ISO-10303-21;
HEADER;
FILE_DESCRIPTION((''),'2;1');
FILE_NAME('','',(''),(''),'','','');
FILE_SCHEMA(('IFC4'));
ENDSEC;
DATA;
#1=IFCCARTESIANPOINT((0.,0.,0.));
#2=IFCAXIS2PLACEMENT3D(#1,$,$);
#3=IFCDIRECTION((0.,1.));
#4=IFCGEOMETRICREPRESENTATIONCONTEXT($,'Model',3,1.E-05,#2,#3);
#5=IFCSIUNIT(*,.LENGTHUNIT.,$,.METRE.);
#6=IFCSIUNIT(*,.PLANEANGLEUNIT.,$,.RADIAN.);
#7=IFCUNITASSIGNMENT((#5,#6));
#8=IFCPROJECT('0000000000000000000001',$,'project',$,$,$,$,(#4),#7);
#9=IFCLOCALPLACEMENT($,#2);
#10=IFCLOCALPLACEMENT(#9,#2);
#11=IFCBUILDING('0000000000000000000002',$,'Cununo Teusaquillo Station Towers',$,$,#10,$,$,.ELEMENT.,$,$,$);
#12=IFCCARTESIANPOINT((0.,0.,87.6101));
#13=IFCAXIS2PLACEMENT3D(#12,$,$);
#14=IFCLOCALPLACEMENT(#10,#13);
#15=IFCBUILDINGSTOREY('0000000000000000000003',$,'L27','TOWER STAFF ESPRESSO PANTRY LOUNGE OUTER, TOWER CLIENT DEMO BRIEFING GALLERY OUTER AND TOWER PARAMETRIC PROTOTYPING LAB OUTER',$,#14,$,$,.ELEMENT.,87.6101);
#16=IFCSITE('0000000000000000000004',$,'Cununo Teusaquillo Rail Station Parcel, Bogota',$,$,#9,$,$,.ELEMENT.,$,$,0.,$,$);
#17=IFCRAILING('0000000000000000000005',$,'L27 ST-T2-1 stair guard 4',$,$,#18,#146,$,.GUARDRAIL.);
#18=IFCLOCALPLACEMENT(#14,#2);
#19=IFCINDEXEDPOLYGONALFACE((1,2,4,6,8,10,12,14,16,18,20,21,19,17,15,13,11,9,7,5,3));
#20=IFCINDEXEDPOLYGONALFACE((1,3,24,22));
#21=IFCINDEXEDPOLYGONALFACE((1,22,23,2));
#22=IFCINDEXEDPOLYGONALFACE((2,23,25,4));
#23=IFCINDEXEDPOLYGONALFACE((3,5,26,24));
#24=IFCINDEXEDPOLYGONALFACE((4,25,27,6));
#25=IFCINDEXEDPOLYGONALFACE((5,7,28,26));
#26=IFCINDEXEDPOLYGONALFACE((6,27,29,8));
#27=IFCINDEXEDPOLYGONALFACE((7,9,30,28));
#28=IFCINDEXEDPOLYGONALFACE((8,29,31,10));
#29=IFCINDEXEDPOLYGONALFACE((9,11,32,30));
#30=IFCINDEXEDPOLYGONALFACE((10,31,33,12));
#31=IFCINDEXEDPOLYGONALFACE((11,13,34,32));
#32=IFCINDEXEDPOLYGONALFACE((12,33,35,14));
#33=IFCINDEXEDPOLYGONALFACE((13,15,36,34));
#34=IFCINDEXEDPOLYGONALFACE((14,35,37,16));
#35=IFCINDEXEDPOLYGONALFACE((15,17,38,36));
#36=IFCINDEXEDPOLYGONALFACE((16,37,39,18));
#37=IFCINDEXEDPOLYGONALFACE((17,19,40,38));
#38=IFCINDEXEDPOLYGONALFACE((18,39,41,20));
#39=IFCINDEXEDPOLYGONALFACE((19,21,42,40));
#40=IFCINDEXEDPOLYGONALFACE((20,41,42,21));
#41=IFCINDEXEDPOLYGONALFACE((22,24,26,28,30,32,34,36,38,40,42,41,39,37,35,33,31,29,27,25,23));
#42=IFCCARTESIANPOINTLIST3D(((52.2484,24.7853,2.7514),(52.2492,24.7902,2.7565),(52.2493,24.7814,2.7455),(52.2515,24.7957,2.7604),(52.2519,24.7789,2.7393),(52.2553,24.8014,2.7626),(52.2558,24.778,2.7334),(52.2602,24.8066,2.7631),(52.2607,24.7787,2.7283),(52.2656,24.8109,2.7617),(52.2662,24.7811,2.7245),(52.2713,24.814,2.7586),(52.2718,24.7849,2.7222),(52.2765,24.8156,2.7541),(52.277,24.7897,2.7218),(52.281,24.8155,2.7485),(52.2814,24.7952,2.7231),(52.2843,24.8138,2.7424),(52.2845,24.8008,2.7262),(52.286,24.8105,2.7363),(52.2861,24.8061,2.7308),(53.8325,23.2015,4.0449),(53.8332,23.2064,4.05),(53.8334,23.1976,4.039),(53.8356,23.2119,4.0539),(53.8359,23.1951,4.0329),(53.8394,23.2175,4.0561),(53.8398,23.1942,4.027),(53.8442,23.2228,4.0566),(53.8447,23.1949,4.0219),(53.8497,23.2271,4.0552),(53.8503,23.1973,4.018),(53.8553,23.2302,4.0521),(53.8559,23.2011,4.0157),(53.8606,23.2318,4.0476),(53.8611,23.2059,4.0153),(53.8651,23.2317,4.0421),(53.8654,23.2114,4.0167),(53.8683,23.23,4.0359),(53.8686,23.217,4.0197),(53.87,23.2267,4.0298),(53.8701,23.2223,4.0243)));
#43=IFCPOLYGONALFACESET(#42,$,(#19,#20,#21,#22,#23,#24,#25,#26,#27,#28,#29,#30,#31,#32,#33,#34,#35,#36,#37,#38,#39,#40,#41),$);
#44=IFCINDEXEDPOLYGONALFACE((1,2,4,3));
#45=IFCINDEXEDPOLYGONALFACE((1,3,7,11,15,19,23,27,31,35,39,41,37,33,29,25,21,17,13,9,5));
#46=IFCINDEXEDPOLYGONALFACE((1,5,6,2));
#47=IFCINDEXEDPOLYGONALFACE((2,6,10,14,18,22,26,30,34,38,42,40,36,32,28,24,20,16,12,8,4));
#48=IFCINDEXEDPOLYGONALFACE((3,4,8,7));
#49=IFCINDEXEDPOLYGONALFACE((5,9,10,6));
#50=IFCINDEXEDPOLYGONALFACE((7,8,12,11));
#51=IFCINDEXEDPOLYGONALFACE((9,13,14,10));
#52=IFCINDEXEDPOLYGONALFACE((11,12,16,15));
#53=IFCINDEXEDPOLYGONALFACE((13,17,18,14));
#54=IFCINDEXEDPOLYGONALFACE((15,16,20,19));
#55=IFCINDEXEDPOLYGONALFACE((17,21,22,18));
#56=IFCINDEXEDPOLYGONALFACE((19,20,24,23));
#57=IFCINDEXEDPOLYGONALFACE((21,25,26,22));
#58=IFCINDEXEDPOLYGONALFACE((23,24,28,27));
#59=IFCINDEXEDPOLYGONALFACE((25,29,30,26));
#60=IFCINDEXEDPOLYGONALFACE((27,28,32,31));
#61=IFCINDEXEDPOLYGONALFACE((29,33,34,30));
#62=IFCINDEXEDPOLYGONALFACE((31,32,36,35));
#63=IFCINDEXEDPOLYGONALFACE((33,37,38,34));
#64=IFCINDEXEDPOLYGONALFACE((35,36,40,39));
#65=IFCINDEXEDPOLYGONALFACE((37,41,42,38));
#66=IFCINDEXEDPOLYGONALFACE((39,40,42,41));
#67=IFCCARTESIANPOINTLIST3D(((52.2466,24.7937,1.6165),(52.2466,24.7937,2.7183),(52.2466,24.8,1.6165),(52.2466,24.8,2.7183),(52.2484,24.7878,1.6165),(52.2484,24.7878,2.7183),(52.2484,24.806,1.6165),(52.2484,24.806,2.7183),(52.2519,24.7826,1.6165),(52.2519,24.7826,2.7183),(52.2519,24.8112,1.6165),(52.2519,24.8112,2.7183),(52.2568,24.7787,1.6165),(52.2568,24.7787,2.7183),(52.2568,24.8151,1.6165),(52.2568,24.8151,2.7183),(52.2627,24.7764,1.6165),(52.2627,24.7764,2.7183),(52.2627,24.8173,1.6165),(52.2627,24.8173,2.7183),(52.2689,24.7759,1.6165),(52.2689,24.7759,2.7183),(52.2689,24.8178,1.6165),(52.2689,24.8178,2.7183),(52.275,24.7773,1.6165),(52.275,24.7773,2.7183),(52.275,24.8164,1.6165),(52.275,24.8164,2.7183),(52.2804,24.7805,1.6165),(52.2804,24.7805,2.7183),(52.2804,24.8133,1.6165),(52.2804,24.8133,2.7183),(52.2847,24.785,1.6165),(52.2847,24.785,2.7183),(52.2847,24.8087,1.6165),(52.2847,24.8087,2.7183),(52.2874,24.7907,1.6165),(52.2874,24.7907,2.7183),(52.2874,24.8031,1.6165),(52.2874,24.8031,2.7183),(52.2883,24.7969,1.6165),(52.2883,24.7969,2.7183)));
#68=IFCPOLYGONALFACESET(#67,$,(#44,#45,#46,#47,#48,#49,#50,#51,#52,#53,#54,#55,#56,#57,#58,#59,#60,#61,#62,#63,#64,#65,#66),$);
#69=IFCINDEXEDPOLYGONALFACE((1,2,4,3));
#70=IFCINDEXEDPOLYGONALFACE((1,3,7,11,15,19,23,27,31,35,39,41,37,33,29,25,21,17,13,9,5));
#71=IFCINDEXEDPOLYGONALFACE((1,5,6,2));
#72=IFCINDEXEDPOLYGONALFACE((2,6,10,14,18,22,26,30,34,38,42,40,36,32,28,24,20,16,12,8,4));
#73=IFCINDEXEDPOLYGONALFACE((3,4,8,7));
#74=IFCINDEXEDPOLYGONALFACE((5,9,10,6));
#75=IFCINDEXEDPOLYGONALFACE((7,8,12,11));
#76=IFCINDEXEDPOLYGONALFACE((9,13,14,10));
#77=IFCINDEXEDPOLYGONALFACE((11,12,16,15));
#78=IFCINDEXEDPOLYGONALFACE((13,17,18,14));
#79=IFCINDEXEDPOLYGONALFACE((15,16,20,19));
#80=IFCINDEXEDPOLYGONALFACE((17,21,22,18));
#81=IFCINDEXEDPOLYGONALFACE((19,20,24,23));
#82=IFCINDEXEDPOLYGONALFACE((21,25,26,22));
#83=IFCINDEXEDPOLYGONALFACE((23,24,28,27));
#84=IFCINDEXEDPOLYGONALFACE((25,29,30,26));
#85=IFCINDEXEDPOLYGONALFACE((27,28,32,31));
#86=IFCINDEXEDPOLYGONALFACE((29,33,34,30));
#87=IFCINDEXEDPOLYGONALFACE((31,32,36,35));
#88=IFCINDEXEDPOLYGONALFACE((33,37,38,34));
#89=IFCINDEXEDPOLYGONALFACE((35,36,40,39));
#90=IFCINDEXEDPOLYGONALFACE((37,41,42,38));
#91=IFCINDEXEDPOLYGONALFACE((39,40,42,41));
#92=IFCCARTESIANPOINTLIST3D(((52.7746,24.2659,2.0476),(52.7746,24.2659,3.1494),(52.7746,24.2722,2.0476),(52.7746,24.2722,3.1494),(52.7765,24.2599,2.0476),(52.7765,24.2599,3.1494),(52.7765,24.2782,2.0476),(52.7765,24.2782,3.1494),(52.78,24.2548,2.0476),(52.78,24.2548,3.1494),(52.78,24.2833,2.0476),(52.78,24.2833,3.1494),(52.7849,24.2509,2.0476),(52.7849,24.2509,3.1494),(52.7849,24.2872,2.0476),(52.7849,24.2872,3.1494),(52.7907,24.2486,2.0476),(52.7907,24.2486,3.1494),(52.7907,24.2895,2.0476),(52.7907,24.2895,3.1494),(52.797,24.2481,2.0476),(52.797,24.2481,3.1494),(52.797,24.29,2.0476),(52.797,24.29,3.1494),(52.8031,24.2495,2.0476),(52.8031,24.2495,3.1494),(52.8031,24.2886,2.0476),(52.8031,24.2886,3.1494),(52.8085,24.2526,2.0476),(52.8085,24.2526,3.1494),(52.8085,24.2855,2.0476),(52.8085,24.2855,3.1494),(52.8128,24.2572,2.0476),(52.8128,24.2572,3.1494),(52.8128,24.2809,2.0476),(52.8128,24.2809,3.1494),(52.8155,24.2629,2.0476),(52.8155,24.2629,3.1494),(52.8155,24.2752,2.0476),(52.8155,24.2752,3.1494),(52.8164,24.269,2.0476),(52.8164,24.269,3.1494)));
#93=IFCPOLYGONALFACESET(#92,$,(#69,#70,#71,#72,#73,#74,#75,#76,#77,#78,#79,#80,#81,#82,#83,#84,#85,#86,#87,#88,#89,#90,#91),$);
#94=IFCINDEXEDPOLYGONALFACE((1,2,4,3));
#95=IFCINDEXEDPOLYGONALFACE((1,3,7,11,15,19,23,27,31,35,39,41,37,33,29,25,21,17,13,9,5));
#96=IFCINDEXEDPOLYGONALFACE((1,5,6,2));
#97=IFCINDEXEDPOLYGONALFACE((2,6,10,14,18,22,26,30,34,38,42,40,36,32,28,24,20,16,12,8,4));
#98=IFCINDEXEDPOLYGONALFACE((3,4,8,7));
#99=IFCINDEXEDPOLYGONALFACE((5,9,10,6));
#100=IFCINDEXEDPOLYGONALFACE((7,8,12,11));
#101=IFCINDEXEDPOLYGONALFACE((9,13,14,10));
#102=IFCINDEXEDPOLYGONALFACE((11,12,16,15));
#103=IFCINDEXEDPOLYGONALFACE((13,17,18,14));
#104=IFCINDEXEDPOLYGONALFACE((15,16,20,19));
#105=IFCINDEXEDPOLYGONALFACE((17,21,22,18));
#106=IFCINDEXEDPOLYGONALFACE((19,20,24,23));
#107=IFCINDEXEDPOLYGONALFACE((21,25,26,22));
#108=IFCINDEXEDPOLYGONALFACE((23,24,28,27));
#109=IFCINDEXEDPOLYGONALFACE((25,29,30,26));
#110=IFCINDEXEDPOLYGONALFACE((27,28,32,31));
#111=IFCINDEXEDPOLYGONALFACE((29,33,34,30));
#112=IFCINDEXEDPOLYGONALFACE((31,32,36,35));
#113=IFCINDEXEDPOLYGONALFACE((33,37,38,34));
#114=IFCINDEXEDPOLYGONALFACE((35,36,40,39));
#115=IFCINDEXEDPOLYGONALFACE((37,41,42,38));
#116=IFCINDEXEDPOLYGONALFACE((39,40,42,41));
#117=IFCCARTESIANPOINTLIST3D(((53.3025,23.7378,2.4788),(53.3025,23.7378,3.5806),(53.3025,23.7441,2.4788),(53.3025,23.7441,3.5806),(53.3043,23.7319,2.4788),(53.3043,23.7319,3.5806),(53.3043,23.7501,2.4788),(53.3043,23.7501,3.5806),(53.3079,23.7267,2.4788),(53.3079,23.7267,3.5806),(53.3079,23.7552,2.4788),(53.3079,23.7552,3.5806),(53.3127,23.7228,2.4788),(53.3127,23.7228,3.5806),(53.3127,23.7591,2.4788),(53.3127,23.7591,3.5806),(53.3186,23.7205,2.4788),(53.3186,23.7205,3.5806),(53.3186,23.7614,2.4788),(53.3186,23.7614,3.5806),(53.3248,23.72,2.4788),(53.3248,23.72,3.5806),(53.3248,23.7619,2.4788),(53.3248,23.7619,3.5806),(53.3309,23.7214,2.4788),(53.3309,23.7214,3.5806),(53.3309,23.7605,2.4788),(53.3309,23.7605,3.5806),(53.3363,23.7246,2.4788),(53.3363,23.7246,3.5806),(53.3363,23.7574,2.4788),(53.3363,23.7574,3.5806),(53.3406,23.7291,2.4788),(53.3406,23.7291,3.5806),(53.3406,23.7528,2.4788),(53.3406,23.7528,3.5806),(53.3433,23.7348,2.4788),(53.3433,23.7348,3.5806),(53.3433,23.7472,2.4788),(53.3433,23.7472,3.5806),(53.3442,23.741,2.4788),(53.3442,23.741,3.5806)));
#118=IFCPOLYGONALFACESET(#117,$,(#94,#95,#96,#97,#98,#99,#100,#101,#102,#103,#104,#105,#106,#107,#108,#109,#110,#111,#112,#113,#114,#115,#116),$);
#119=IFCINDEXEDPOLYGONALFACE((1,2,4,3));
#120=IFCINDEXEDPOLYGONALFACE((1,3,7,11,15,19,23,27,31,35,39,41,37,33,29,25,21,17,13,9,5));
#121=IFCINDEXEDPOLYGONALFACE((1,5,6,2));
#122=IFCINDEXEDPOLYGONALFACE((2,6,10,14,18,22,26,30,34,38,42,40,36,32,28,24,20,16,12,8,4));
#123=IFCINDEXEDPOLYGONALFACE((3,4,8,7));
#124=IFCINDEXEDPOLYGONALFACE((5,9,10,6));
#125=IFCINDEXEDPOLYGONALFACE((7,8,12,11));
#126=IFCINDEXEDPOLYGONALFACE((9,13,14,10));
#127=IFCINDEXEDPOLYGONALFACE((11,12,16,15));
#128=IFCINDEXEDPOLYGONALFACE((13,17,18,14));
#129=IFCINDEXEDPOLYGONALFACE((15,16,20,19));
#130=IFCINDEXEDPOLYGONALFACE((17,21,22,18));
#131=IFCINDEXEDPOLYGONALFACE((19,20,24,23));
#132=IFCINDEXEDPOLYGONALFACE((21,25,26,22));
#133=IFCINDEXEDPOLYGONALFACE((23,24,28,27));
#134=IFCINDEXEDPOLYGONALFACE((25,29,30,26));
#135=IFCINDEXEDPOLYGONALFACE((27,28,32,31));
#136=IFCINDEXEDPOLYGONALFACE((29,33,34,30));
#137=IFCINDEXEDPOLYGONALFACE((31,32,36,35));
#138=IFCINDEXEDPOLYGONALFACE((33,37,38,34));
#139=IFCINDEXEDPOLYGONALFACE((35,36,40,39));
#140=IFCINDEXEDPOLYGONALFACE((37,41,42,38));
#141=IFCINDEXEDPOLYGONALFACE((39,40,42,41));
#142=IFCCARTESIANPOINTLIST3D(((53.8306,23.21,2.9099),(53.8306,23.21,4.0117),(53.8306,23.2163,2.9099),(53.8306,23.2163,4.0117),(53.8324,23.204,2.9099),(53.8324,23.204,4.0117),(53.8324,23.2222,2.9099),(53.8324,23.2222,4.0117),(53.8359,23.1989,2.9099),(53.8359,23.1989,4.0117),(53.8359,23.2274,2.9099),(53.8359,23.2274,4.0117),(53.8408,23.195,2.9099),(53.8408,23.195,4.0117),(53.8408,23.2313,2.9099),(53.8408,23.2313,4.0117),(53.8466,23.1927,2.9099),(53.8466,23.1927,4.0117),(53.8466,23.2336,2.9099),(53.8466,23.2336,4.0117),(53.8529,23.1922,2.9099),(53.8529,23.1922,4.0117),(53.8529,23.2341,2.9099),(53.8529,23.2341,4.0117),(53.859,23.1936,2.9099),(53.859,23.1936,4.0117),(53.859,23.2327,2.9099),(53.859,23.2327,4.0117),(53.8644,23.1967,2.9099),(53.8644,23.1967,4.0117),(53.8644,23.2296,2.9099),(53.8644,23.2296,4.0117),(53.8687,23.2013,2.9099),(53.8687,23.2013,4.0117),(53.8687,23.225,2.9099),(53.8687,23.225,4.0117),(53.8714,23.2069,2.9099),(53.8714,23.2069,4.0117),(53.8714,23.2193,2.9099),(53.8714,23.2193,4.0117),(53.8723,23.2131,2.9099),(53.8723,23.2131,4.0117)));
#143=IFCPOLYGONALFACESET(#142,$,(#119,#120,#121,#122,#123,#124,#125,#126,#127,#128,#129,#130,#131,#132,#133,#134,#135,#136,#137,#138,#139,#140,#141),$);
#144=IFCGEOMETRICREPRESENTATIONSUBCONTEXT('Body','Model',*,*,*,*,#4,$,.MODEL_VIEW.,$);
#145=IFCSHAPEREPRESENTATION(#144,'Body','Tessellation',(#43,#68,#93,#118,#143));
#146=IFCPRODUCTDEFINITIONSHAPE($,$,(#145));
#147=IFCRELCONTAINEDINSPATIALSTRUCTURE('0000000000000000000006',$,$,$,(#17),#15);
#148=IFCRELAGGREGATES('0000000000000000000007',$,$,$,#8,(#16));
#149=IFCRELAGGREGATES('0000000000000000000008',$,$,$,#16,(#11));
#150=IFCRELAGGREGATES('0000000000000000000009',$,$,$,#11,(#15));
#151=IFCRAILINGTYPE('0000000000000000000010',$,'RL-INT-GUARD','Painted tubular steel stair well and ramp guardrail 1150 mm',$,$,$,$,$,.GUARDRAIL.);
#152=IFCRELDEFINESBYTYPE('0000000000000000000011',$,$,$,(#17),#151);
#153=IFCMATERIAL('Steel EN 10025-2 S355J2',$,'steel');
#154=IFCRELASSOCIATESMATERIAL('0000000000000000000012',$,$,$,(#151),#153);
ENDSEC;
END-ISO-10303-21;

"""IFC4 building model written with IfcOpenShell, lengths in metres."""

from ifc_helpers import new_model, si_unit, direction, frame, origin, origin_2d, place, context, subcontext, project, spatial, circle, extrude, material, type_object, element, save


model = new_model("IFC4")

# Units and contexts
model_context = context("Model", 3, precision=1e-05, world=origin(), true_north=direction((0.0, 1.0)))
body_context = subcontext(model_context, "Body", "Model", "MODEL_VIEW")
ifc_project = project(units=[si_unit("LENGTHUNIT", "METRE"), si_unit("PLANEANGLEUNIT", "RADIAN")], contexts=[model_context])

# Site, building, storey
site_placement = place(None, origin())
site = spatial("IfcSite", under=ifc_project, at=site_placement, Name="Cununo Teusaquillo Rail Station Parcel, Bogota", CompositionType="ELEMENT", RefElevation=0.0)
building_placement = place(site_placement, origin())
building = spatial("IfcBuilding", under=site, at=building_placement, Name="Cununo Teusaquillo Station Towers", CompositionType="ELEMENT")
storey_placement = place(building_placement, frame((0.0, 0.0, 87.6101)))
storey = spatial("IfcBuildingStorey", under=building, at=storey_placement, Name="L27", Description="TOWER STAFF ESPRESSO PANTRY LOUNGE OUTER, TOWER CLIENT DEMO BRIEFING GALLERY OUTER AND TOWER PARAMETRIC PROTOTYPING LAB OUTER", CompositionType="ELEMENT", Elevation=87.6101)

# Railing
ifc_material_1 = material(Name="Steel EN 10025-2 S355J2", Category="steel")
railing_type_1 = type_object("IfcRailingType", Name="RL-INT-GUARD", Description="Painted tubular steel stair well and ramp guardrail 1150 mm", PredefinedType="GUARDRAIL", material=ifc_material_1)
railing_1_placement = place(storey_placement, frame((52.2673, 24.7969, 1.6165)))
element("IfcRailing", 1, at=railing_1_placement, inside=storey, type_object=railing_type_1, Name="L27 ST-T2-1 stair guard 4", PredefinedType="GUARDRAIL", context=body_context, shape_type="SweptSolid", body=[
    extrude(circle(Radius=0.0239, at=origin_2d()), frame((0.0, 0.0, 1.126), z_axis=(0.612391, -0.612297, 0.500069), x_axis=(0.707052, 0.707161, 0.0)), (0.0, 0.0, 1.0), 2.5867),
    extrude(circle(Radius=0.021, at=origin_2d()), origin(), (0.0, 0.0, 1.0), 1.1018),
    extrude(circle(Radius=0.021, at=origin_2d()), frame((0.5281, -0.5278, 0.4312)), (0.0, 0.0, 1.0), 1.1018),
    extrude(circle(Radius=0.021, at=origin_2d()), frame((1.0559, -1.0559, 0.8623)), (0.0, 0.0, 1.0), 1.1018),
    extrude(circle(Radius=0.021, at=origin_2d()), frame((1.584, -1.5837, 1.2935)), (0.0, 0.0, 1.0), 1.1018),
])

save(model, "model.ifc")
